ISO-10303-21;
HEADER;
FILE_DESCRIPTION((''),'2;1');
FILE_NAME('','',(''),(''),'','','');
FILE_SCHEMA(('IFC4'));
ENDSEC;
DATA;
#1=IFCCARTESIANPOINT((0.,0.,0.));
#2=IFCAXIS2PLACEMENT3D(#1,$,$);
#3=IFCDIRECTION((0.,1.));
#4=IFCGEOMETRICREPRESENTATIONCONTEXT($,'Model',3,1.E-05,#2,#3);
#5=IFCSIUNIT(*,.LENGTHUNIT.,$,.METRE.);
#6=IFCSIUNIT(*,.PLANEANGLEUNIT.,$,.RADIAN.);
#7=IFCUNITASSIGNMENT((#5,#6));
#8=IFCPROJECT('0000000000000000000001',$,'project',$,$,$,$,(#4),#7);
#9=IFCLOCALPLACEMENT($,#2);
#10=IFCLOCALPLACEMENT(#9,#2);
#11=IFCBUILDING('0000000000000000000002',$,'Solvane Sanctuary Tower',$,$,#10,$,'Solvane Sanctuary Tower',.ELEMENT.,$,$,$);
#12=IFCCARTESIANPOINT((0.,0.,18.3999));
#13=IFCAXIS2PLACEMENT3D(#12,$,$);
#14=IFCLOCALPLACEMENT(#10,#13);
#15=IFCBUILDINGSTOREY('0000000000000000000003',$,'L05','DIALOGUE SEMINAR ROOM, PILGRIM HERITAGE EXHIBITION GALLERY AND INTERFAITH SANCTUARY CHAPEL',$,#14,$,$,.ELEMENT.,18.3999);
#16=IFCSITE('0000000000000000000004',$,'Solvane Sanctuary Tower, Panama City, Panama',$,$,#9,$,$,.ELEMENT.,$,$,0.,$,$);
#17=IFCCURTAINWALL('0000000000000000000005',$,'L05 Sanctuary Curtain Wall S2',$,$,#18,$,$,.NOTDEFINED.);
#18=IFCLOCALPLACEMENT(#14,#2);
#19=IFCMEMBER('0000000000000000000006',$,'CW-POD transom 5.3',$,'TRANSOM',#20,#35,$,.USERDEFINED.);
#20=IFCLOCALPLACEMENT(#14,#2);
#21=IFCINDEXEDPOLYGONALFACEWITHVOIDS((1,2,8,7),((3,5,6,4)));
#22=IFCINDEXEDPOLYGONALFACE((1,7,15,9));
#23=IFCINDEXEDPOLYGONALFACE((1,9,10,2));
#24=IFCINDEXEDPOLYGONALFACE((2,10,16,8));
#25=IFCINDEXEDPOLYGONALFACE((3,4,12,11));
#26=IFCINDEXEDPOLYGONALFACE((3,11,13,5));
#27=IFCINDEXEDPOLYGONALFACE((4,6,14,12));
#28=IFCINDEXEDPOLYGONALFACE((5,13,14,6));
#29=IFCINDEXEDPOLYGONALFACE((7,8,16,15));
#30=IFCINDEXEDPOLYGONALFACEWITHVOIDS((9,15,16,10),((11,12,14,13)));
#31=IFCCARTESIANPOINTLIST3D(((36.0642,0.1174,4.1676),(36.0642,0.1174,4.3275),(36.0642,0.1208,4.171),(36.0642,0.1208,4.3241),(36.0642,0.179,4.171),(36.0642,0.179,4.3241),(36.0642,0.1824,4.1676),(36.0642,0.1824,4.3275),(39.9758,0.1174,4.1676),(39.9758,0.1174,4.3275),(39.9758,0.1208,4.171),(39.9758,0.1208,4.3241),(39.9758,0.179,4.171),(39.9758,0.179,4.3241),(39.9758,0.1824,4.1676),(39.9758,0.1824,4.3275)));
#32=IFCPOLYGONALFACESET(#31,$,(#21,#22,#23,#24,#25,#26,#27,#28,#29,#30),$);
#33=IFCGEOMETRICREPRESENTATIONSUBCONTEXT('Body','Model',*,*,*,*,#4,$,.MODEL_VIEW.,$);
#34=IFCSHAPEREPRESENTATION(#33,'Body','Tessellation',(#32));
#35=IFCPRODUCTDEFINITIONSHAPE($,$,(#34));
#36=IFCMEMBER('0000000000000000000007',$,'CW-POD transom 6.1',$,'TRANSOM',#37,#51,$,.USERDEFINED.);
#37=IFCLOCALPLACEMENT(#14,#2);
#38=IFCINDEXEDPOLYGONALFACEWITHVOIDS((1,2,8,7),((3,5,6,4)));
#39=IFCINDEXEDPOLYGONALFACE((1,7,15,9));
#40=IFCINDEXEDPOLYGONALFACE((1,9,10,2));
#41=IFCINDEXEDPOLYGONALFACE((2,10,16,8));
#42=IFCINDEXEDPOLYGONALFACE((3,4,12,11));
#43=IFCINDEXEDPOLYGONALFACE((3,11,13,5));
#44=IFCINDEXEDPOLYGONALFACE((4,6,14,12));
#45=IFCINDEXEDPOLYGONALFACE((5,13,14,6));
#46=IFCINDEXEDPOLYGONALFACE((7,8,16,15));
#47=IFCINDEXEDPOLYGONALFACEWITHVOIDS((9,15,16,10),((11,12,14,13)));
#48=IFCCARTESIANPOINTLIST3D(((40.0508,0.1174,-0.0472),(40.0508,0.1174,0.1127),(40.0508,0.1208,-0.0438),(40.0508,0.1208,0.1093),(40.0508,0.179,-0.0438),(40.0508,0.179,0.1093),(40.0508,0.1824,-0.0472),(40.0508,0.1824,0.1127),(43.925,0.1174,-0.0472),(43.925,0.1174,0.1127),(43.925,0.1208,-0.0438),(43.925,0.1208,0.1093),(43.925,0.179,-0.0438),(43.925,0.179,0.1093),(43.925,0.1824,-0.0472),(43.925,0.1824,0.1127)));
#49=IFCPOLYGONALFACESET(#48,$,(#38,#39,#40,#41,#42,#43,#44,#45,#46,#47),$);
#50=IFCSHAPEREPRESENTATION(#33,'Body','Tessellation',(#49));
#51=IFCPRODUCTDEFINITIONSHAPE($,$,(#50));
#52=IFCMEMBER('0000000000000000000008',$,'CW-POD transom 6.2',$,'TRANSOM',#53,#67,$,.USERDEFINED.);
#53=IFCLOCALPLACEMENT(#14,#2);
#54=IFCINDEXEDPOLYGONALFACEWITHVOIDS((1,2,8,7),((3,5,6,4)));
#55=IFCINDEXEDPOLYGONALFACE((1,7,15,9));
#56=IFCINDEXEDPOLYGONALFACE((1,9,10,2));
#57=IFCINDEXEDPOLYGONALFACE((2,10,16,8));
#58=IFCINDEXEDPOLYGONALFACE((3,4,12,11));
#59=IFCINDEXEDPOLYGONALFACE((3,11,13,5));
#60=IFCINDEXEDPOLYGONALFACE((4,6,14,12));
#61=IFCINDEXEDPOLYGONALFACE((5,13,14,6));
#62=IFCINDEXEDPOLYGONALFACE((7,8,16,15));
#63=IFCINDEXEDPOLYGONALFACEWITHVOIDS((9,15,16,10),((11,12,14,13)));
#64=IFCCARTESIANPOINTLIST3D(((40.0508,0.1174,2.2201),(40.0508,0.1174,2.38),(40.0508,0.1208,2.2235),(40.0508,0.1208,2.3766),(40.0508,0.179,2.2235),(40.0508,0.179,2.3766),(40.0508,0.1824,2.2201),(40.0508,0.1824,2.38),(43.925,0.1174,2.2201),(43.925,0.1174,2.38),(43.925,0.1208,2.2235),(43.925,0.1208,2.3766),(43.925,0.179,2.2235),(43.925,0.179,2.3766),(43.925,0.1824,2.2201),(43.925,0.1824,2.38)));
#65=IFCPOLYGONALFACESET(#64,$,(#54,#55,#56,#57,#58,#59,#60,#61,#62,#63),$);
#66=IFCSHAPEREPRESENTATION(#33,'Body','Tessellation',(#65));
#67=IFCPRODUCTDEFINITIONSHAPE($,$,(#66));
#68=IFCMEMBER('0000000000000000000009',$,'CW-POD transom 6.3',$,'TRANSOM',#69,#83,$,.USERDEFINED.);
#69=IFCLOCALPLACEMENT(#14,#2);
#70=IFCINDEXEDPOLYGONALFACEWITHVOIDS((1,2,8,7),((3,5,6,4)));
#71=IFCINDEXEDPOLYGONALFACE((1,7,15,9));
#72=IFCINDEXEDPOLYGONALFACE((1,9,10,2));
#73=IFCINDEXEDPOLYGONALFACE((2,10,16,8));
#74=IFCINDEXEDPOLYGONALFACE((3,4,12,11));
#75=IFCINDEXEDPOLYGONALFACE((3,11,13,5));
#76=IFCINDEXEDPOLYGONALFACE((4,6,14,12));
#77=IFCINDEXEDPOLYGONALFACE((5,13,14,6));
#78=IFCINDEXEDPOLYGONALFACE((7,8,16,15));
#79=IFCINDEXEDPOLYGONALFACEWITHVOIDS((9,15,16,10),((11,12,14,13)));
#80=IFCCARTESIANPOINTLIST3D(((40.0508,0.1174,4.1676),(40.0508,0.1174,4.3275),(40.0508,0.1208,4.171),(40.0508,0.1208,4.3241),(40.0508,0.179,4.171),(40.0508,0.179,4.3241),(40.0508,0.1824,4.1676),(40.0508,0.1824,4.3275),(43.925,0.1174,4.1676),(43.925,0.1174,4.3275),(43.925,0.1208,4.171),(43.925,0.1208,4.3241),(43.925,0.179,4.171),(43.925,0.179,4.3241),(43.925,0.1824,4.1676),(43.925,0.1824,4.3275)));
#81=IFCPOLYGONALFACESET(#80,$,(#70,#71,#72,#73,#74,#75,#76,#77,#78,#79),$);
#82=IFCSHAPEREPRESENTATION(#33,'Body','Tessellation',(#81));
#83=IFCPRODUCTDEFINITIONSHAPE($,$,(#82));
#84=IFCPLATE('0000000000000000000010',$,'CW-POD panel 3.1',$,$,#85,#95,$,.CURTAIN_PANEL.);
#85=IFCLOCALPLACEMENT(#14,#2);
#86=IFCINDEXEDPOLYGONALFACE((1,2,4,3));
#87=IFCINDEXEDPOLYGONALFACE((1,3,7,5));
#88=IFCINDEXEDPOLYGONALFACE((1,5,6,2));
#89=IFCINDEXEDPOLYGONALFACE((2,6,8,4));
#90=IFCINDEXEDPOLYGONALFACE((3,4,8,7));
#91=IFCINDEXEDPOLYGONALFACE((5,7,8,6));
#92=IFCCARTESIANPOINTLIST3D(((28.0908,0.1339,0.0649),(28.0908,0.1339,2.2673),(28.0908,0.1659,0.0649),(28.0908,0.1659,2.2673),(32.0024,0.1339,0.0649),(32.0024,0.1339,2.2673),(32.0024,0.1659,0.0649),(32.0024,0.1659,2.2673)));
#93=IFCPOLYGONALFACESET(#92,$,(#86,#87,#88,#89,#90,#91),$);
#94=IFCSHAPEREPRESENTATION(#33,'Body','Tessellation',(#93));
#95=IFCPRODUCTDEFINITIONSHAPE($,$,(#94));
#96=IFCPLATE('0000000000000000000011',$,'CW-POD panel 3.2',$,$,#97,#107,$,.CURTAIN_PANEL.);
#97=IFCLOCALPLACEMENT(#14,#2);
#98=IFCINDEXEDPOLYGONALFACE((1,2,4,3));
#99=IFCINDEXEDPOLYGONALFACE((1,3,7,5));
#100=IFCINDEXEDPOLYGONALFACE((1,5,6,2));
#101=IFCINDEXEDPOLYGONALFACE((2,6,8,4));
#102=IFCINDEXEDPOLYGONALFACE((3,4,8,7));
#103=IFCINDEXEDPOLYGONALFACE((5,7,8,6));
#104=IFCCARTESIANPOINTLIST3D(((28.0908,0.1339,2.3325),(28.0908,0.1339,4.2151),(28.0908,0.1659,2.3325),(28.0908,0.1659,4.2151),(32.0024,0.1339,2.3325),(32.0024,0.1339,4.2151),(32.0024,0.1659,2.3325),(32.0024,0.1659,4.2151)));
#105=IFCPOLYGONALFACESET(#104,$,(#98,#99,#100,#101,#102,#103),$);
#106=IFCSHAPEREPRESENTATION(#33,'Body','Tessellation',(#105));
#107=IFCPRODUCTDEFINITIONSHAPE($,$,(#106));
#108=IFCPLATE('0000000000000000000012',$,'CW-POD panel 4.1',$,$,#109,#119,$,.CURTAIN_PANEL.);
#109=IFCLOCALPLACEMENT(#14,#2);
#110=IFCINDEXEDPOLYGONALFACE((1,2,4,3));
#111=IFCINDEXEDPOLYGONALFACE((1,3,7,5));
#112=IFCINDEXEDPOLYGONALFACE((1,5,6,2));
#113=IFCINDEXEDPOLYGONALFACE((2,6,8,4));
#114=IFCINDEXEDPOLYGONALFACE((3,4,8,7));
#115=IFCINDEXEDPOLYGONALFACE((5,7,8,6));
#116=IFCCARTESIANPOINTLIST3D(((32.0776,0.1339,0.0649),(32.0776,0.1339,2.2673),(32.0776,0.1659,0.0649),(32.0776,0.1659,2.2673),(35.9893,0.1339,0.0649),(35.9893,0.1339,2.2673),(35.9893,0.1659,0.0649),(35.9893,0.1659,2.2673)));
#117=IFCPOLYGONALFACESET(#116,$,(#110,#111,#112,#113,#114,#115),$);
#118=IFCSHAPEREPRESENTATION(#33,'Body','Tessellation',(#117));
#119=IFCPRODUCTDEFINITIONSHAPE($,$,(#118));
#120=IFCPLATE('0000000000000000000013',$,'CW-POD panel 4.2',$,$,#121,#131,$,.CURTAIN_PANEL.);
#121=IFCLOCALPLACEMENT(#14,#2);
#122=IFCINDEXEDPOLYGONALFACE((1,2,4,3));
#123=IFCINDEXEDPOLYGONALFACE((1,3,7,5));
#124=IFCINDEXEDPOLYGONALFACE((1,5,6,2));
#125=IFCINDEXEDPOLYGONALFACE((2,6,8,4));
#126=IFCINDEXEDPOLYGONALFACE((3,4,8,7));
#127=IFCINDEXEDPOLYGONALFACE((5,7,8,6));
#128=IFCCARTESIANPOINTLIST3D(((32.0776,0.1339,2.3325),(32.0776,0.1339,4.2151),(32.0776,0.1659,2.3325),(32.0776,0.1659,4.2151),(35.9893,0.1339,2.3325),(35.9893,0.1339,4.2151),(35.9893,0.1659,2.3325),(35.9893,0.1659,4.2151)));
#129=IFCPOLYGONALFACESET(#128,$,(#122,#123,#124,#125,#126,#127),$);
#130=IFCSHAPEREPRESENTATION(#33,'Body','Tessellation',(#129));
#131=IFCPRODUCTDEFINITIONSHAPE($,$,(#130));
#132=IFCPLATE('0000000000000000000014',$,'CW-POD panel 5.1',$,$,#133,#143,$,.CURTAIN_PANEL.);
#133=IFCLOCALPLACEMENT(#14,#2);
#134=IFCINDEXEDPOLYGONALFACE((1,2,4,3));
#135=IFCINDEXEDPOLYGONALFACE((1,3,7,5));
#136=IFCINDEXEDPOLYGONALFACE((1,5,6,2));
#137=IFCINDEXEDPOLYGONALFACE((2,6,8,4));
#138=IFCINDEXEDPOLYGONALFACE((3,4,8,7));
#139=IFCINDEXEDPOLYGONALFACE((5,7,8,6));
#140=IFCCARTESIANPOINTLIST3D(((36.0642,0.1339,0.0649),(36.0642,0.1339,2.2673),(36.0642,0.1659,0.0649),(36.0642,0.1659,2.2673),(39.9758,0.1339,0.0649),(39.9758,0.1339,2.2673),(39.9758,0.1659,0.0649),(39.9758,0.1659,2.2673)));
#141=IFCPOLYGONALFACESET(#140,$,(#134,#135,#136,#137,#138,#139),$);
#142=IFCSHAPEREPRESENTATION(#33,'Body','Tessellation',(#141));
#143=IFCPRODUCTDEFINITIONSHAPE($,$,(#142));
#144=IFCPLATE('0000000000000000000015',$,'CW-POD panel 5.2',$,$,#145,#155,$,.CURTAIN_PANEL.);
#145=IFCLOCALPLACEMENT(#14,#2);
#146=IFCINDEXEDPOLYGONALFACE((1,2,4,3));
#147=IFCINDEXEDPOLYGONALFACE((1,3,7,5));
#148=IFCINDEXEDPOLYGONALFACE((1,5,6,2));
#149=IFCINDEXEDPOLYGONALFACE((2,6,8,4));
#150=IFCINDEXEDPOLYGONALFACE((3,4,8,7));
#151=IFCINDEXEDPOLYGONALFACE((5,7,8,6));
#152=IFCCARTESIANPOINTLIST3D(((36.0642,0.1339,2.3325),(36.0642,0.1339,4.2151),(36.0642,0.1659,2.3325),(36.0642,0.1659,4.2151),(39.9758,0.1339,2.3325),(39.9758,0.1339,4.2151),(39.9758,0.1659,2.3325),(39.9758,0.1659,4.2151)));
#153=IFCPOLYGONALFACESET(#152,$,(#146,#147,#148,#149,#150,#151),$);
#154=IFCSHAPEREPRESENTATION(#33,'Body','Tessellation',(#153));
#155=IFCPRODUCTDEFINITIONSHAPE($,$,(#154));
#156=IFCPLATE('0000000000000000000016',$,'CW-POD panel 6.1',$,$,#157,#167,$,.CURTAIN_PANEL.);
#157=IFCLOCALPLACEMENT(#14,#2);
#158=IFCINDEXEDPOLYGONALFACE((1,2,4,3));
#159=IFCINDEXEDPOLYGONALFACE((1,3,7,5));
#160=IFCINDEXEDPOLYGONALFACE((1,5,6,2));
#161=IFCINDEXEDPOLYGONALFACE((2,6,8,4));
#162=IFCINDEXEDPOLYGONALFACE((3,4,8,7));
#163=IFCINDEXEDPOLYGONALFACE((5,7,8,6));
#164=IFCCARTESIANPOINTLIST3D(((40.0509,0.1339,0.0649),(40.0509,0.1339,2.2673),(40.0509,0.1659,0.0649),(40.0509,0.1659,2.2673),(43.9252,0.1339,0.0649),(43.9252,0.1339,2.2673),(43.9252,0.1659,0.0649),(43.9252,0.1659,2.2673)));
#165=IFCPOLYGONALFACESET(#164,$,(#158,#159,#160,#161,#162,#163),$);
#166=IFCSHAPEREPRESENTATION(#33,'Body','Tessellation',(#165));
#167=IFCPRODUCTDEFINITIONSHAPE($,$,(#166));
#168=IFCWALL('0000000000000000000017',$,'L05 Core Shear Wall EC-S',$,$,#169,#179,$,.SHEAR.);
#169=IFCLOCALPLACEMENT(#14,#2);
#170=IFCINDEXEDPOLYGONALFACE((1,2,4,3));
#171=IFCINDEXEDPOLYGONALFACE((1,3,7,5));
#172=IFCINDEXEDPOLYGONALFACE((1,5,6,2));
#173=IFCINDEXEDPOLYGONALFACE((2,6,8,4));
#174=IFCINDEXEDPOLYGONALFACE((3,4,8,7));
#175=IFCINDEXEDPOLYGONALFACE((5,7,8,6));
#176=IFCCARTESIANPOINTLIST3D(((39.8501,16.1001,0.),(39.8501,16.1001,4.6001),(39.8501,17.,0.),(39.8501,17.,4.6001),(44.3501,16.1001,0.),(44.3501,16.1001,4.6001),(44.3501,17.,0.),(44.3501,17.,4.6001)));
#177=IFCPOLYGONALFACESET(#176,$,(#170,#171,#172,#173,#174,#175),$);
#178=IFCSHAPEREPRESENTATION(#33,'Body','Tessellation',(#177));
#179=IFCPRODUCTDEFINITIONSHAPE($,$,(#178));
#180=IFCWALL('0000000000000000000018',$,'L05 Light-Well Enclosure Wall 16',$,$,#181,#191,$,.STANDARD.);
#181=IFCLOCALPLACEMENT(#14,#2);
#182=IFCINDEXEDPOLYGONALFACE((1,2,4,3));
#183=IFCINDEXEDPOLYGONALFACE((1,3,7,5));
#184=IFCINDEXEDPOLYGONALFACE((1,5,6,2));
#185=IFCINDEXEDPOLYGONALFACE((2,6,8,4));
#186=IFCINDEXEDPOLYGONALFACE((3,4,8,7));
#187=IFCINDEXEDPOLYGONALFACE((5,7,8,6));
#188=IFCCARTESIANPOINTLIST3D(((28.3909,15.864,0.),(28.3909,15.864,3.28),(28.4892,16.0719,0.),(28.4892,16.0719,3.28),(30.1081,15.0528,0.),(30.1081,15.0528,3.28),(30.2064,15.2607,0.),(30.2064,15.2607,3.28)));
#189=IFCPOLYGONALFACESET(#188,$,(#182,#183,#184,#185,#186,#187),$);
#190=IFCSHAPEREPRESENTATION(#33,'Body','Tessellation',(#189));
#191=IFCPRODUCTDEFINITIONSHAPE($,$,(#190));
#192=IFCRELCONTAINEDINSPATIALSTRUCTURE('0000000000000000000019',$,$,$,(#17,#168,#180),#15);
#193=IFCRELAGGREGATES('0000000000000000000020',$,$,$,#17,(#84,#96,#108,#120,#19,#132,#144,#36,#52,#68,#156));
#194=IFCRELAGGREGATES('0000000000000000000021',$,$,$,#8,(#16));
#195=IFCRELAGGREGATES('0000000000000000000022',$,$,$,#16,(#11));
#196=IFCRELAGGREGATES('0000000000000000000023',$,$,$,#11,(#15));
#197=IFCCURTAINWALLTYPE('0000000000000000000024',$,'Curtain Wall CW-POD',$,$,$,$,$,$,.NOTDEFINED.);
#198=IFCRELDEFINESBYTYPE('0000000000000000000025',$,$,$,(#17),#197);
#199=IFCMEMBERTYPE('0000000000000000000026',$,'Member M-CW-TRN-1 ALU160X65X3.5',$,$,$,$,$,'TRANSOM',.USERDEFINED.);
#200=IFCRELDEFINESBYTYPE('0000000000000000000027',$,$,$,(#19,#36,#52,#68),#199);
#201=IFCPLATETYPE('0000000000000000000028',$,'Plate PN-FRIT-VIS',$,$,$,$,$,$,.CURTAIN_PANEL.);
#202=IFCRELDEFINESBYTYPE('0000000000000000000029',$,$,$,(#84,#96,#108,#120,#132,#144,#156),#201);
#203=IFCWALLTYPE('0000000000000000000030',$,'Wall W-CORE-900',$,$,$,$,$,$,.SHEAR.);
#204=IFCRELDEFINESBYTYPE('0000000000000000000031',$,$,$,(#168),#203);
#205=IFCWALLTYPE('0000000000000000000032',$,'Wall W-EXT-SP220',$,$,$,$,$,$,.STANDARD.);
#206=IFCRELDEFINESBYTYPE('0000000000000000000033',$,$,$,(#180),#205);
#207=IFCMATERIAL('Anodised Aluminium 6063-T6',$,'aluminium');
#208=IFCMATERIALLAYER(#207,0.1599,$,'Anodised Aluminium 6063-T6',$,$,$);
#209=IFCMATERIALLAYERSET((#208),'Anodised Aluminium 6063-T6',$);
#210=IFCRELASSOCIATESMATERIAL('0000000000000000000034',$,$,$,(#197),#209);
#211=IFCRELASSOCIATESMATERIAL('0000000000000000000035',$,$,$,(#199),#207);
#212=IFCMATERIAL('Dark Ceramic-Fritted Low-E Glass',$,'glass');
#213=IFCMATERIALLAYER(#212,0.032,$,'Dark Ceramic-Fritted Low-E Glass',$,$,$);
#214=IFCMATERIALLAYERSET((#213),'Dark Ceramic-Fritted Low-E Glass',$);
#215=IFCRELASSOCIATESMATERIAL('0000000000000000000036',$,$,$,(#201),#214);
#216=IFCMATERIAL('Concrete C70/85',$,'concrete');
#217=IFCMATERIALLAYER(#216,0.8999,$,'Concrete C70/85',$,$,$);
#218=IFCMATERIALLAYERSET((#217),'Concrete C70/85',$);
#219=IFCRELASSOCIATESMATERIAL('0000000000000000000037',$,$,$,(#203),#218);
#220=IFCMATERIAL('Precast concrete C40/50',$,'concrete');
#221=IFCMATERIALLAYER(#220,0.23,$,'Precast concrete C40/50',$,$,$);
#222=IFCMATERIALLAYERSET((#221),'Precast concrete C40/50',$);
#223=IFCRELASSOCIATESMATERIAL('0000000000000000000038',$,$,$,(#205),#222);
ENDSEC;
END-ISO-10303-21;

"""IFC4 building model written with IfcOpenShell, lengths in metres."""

from ifc_helpers import new_model, si_unit, direction, frame, frame_2d, origin, origin_2d, place, context, subcontext, project, spatial, rectangle, hollow_rectangle, extrude, material, layer, layer_set, material_profile, profile_set, type_object, element, aggregate, save


model = new_model("IFC4")

# Units and contexts
model_context = context("Model", 3, precision=1e-05, world=origin(), true_north=direction((0.0, 1.0)))
body_context = subcontext(model_context, "Body", "Model", "MODEL_VIEW")
ifc_project = project(units=[si_unit("LENGTHUNIT", "METRE"), si_unit("PLANEANGLEUNIT", "RADIAN")], contexts=[model_context])

# Site, building, storey
site_placement = place(None, origin())
site = spatial("IfcSite", under=ifc_project, at=site_placement, Name="Solvane Sanctuary Tower, Panama City, Panama", CompositionType="ELEMENT", RefElevation=0.0)
building_placement = place(site_placement, origin())
building = spatial("IfcBuilding", under=site, at=building_placement, Name="Solvane Sanctuary Tower", LongName="Solvane Sanctuary Tower", CompositionType="ELEMENT")
storey_placement = place(building_placement, frame((0.0, 0.0, 18.3999)))
storey = spatial("IfcBuildingStorey", under=building, at=storey_placement, Name="L05", Description="DIALOGUE SEMINAR ROOM, PILGRIM HERITAGE EXHIBITION GALLERY AND INTERFAITH SANCTUARY CHAPEL", CompositionType="ELEMENT", Elevation=18.3999)

# Shared definitions
ifc_material_1 = material(Name="Concrete C70/85", Category="concrete")

# Curtain wall, members, plates
ifc_material_2 = material(Name="Anodised Aluminium 6063-T6", Category="aluminium")
ifc_layer_1 = layer(ifc_material_2, 0.1599, Name="Anodised Aluminium 6063-T6")
ifc_layer_set_1 = layer_set([ifc_layer_1], Name="Anodised Aluminium 6063-T6")
curtain_wall_type = type_object("IfcCurtainWallType", Name="Curtain Wall CW-POD", PredefinedType="NOTDEFINED", material=ifc_layer_set_1)
curtain_wall_placement = place(storey_placement, origin())
curtain_wall = element("IfcCurtainWall", 1, at=curtain_wall_placement, inside=storey, type_object=curtain_wall_type, Name="L05 Sanctuary Curtain Wall S2", PredefinedType="NOTDEFINED")
ifc_material_profile_1 = material_profile(ifc_material_2, hollow_rectangle(XDim=0.0649, YDim=0.1599, WallThickness=0.0034, at=origin_2d()), Name="ALU160X65X3.5")
ifc_profile_set_1 = profile_set([ifc_material_profile_1], Name="Anodised Aluminium 6063-T6")
member_type_1 = type_object("IfcMemberType", Name="Member M-CW-TRN-1 ALU160X65X3.5", ElementType="TRANSOM", PredefinedType="USERDEFINED", material=ifc_profile_set_1)
member_1_placement = place(storey_placement, frame((36.0642, 0.1499, 4.2476), z_axis=(1.0, 0.0, 0.0), x_axis=(0.0, 1.0, 0.0)))
member_1 = element("IfcMember", 2, at=member_1_placement, type_object=member_type_1, Name="CW-POD transom 5.3", ObjectType="TRANSOM", PredefinedType="USERDEFINED", context=body_context, shape_type="SweptSolid", body=[
    extrude(hollow_rectangle(XDim=0.0649, YDim=0.1599, WallThickness=0.0034, at=origin_2d()), origin(), (0.0, 0.0, 1.0), 3.9116),
])
member_2_placement = place(storey_placement, frame((40.0508, 0.1499, 0.0327), z_axis=(1.0, 0.0, 0.0), x_axis=(0.0, 1.0, 0.0)))
member_2 = element("IfcMember", 3, at=member_2_placement, type_object=member_type_1, Name="CW-POD transom 6.1", ObjectType="TRANSOM", PredefinedType="USERDEFINED", context=body_context, shape_type="SweptSolid", body=[
    extrude(hollow_rectangle(XDim=0.0649, YDim=0.1599, WallThickness=0.0034, at=origin_2d()), origin(), (0.0, 0.0, 1.0), 3.8743),
])
member_3_placement = place(storey_placement, frame((40.0508, 0.1499, 2.3), z_axis=(1.0, 0.0, 0.0), x_axis=(0.0, 1.0, 0.0)))
member_3 = element("IfcMember", 4, at=member_3_placement, type_object=member_type_1, Name="CW-POD transom 6.2", ObjectType="TRANSOM", PredefinedType="USERDEFINED", context=body_context, shape_type="SweptSolid", body=[
    extrude(hollow_rectangle(XDim=0.0649, YDim=0.1599, WallThickness=0.0034, at=origin_2d()), origin(), (0.0, 0.0, 1.0), 3.8743),
])
member_4_placement = place(storey_placement, frame((40.0508, 0.1499, 4.2476), z_axis=(1.0, 0.0, 0.0), x_axis=(0.0, 1.0, 0.0)))
member_4 = element("IfcMember", 5, at=member_4_placement, type_object=member_type_1, Name="CW-POD transom 6.3", ObjectType="TRANSOM", PredefinedType="USERDEFINED", context=body_context, shape_type="SweptSolid", body=[
    extrude(hollow_rectangle(XDim=0.0649, YDim=0.1599, WallThickness=0.0034, at=origin_2d()), origin(), (0.0, 0.0, 1.0), 3.8743),
])
ifc_material_3 = material(Name="Dark Ceramic-Fritted Low-E Glass", Category="glass")
ifc_layer_2 = layer(ifc_material_3, 0.032, Name="Dark Ceramic-Fritted Low-E Glass")
ifc_layer_set_2 = layer_set([ifc_layer_2], Name="Dark Ceramic-Fritted Low-E Glass")
plate_type = type_object("IfcPlateType", Name="Plate PN-FRIT-VIS", PredefinedType="CURTAIN_PANEL", material=ifc_layer_set_2)
plate_1_placement = place(storey_placement, frame((30.0466, 0.1499, 0.0649), z_axis=(0.0, 0.0, 1.0), x_axis=(1.0, 0.0, 0.0)))
plate_1 = element("IfcPlate", 6, at=plate_1_placement, type_object=plate_type, Name="CW-POD panel 3.1", PredefinedType="CURTAIN_PANEL", context=body_context, shape_type="SweptSolid", body=[
    extrude(rectangle(XDim=3.9116, YDim=0.032, at=origin_2d()), origin(), (0.0, 0.0, 1.0), 2.2024),
])
plate_2_placement = place(storey_placement, frame((30.0466, 0.1499, 2.3325), z_axis=(0.0, 0.0, 1.0), x_axis=(1.0, 0.0, 0.0)))
plate_2 = element("IfcPlate", 7, at=plate_2_placement, type_object=plate_type, Name="CW-POD panel 3.2", PredefinedType="CURTAIN_PANEL", context=body_context, shape_type="SweptSolid", body=[
    extrude(rectangle(XDim=3.9116, YDim=0.032, at=origin_2d()), origin(), (0.0, 0.0, 1.0), 1.8826),
])
plate_3_placement = place(storey_placement, frame((34.0334, 0.1499, 0.0649), z_axis=(0.0, 0.0, 1.0), x_axis=(1.0, 0.0, 0.0)))
plate_3 = element("IfcPlate", 8, at=plate_3_placement, type_object=plate_type, Name="CW-POD panel 4.1", PredefinedType="CURTAIN_PANEL", context=body_context, shape_type="SweptSolid", body=[
    extrude(rectangle(XDim=3.9116, YDim=0.032, at=origin_2d()), origin(), (0.0, 0.0, 1.0), 2.2024),
])
plate_4_placement = place(storey_placement, frame((34.0334, 0.1499, 2.3325), z_axis=(0.0, 0.0, 1.0), x_axis=(1.0, 0.0, 0.0)))
plate_4 = element("IfcPlate", 9, at=plate_4_placement, type_object=plate_type, Name="CW-POD panel 4.2", PredefinedType="CURTAIN_PANEL", context=body_context, shape_type="SweptSolid", body=[
    extrude(rectangle(XDim=3.9116, YDim=0.032, at=origin_2d()), origin(), (0.0, 0.0, 1.0), 1.8826),
])
plate_5_placement = place(storey_placement, frame((38.02, 0.1499, 0.0649), z_axis=(0.0, 0.0, 1.0), x_axis=(1.0, 0.0, 0.0)))
plate_5 = element("IfcPlate", 10, at=plate_5_placement, type_object=plate_type, Name="CW-POD panel 5.1", PredefinedType="CURTAIN_PANEL", context=body_context, shape_type="SweptSolid", body=[
    extrude(rectangle(XDim=3.9116, YDim=0.032, at=origin_2d()), origin(), (0.0, 0.0, 1.0), 2.2024),
])
plate_6_placement = place(storey_placement, frame((38.02, 0.1499, 2.3325), z_axis=(0.0, 0.0, 1.0), x_axis=(1.0, 0.0, 0.0)))
plate_6 = element("IfcPlate", 11, at=plate_6_placement, type_object=plate_type, Name="CW-POD panel 5.2", PredefinedType="CURTAIN_PANEL", context=body_context, shape_type="SweptSolid", body=[
    extrude(rectangle(XDim=3.9116, YDim=0.032, at=origin_2d()), origin(), (0.0, 0.0, 1.0), 1.8826),
])
plate_7_placement = place(storey_placement, frame((41.988, 0.1499, 0.0649), z_axis=(0.0, 0.0, 1.0), x_axis=(1.0, 0.0, 0.0)))
plate_7 = element("IfcPlate", 12, at=plate_7_placement, type_object=plate_type, Name="CW-POD panel 6.1", PredefinedType="CURTAIN_PANEL", context=body_context, shape_type="SweptSolid", body=[
    extrude(rectangle(XDim=3.8743, YDim=0.032, at=origin_2d()), origin(), (0.0, 0.0, 1.0), 2.2024),
])
aggregate(curtain_wall, [plate_1, plate_2, plate_3, plate_4, member_1, plate_5, plate_6, member_2, member_3, member_4, plate_7])

# Walls
ifc_layer_3 = layer(ifc_material_1, 0.8999, Name="Concrete C70/85")
ifc_layer_set_3 = layer_set([ifc_layer_3], Name="Concrete C70/85")
wall_type_1 = type_object("IfcWallType", Name="Wall W-CORE-900", PredefinedType="SHEAR", material=ifc_layer_set_3)
wall_1_placement = place(storey_placement, frame((39.8501, 16.55, 0.0), z_axis=(0.0, 0.0, 1.0), x_axis=(1.0, 0.0, 0.0)))
element("IfcWall", 13, at=wall_1_placement, inside=storey, type_object=wall_type_1, Name="L05 Core Shear Wall EC-S", PredefinedType="SHEAR", context=body_context, shape_type="SweptSolid", body=[
    extrude(rectangle(XDim=4.5, YDim=0.8999, at=frame_2d((2.25, 0.0))), origin(), (0.0, 0.0, 1.0), 4.6001),
])
ifc_material_4 = material(Name="Precast concrete C40/50", Category="concrete")
ifc_layer_4 = layer(ifc_material_4, 0.23, Name="Precast concrete C40/50")
ifc_layer_set_4 = layer_set([ifc_layer_4], Name="Precast concrete C40/50")
wall_type_2 = type_object("IfcWallType", Name="Wall W-EXT-SP220", PredefinedType="STANDARD", material=ifc_layer_set_4)
wall_2_placement = place(storey_placement, frame((28.4399, 15.968, 0.0), z_axis=(0.0, 0.0, 1.0), x_axis=(0.90418, -0.427152, 0.0)))
element("IfcWall", 14, at=wall_2_placement, inside=storey, type_object=wall_type_2, Name="L05 Light-Well Enclosure Wall 16", PredefinedType="STANDARD", context=body_context, shape_type="SweptSolid", body=[
    extrude(rectangle(XDim=1.8992, YDim=0.23, at=frame_2d((0.9497, 0.0))), origin(), (0.0, 0.0, 1.0), 3.28),
])

save(model, "model.ifc")
